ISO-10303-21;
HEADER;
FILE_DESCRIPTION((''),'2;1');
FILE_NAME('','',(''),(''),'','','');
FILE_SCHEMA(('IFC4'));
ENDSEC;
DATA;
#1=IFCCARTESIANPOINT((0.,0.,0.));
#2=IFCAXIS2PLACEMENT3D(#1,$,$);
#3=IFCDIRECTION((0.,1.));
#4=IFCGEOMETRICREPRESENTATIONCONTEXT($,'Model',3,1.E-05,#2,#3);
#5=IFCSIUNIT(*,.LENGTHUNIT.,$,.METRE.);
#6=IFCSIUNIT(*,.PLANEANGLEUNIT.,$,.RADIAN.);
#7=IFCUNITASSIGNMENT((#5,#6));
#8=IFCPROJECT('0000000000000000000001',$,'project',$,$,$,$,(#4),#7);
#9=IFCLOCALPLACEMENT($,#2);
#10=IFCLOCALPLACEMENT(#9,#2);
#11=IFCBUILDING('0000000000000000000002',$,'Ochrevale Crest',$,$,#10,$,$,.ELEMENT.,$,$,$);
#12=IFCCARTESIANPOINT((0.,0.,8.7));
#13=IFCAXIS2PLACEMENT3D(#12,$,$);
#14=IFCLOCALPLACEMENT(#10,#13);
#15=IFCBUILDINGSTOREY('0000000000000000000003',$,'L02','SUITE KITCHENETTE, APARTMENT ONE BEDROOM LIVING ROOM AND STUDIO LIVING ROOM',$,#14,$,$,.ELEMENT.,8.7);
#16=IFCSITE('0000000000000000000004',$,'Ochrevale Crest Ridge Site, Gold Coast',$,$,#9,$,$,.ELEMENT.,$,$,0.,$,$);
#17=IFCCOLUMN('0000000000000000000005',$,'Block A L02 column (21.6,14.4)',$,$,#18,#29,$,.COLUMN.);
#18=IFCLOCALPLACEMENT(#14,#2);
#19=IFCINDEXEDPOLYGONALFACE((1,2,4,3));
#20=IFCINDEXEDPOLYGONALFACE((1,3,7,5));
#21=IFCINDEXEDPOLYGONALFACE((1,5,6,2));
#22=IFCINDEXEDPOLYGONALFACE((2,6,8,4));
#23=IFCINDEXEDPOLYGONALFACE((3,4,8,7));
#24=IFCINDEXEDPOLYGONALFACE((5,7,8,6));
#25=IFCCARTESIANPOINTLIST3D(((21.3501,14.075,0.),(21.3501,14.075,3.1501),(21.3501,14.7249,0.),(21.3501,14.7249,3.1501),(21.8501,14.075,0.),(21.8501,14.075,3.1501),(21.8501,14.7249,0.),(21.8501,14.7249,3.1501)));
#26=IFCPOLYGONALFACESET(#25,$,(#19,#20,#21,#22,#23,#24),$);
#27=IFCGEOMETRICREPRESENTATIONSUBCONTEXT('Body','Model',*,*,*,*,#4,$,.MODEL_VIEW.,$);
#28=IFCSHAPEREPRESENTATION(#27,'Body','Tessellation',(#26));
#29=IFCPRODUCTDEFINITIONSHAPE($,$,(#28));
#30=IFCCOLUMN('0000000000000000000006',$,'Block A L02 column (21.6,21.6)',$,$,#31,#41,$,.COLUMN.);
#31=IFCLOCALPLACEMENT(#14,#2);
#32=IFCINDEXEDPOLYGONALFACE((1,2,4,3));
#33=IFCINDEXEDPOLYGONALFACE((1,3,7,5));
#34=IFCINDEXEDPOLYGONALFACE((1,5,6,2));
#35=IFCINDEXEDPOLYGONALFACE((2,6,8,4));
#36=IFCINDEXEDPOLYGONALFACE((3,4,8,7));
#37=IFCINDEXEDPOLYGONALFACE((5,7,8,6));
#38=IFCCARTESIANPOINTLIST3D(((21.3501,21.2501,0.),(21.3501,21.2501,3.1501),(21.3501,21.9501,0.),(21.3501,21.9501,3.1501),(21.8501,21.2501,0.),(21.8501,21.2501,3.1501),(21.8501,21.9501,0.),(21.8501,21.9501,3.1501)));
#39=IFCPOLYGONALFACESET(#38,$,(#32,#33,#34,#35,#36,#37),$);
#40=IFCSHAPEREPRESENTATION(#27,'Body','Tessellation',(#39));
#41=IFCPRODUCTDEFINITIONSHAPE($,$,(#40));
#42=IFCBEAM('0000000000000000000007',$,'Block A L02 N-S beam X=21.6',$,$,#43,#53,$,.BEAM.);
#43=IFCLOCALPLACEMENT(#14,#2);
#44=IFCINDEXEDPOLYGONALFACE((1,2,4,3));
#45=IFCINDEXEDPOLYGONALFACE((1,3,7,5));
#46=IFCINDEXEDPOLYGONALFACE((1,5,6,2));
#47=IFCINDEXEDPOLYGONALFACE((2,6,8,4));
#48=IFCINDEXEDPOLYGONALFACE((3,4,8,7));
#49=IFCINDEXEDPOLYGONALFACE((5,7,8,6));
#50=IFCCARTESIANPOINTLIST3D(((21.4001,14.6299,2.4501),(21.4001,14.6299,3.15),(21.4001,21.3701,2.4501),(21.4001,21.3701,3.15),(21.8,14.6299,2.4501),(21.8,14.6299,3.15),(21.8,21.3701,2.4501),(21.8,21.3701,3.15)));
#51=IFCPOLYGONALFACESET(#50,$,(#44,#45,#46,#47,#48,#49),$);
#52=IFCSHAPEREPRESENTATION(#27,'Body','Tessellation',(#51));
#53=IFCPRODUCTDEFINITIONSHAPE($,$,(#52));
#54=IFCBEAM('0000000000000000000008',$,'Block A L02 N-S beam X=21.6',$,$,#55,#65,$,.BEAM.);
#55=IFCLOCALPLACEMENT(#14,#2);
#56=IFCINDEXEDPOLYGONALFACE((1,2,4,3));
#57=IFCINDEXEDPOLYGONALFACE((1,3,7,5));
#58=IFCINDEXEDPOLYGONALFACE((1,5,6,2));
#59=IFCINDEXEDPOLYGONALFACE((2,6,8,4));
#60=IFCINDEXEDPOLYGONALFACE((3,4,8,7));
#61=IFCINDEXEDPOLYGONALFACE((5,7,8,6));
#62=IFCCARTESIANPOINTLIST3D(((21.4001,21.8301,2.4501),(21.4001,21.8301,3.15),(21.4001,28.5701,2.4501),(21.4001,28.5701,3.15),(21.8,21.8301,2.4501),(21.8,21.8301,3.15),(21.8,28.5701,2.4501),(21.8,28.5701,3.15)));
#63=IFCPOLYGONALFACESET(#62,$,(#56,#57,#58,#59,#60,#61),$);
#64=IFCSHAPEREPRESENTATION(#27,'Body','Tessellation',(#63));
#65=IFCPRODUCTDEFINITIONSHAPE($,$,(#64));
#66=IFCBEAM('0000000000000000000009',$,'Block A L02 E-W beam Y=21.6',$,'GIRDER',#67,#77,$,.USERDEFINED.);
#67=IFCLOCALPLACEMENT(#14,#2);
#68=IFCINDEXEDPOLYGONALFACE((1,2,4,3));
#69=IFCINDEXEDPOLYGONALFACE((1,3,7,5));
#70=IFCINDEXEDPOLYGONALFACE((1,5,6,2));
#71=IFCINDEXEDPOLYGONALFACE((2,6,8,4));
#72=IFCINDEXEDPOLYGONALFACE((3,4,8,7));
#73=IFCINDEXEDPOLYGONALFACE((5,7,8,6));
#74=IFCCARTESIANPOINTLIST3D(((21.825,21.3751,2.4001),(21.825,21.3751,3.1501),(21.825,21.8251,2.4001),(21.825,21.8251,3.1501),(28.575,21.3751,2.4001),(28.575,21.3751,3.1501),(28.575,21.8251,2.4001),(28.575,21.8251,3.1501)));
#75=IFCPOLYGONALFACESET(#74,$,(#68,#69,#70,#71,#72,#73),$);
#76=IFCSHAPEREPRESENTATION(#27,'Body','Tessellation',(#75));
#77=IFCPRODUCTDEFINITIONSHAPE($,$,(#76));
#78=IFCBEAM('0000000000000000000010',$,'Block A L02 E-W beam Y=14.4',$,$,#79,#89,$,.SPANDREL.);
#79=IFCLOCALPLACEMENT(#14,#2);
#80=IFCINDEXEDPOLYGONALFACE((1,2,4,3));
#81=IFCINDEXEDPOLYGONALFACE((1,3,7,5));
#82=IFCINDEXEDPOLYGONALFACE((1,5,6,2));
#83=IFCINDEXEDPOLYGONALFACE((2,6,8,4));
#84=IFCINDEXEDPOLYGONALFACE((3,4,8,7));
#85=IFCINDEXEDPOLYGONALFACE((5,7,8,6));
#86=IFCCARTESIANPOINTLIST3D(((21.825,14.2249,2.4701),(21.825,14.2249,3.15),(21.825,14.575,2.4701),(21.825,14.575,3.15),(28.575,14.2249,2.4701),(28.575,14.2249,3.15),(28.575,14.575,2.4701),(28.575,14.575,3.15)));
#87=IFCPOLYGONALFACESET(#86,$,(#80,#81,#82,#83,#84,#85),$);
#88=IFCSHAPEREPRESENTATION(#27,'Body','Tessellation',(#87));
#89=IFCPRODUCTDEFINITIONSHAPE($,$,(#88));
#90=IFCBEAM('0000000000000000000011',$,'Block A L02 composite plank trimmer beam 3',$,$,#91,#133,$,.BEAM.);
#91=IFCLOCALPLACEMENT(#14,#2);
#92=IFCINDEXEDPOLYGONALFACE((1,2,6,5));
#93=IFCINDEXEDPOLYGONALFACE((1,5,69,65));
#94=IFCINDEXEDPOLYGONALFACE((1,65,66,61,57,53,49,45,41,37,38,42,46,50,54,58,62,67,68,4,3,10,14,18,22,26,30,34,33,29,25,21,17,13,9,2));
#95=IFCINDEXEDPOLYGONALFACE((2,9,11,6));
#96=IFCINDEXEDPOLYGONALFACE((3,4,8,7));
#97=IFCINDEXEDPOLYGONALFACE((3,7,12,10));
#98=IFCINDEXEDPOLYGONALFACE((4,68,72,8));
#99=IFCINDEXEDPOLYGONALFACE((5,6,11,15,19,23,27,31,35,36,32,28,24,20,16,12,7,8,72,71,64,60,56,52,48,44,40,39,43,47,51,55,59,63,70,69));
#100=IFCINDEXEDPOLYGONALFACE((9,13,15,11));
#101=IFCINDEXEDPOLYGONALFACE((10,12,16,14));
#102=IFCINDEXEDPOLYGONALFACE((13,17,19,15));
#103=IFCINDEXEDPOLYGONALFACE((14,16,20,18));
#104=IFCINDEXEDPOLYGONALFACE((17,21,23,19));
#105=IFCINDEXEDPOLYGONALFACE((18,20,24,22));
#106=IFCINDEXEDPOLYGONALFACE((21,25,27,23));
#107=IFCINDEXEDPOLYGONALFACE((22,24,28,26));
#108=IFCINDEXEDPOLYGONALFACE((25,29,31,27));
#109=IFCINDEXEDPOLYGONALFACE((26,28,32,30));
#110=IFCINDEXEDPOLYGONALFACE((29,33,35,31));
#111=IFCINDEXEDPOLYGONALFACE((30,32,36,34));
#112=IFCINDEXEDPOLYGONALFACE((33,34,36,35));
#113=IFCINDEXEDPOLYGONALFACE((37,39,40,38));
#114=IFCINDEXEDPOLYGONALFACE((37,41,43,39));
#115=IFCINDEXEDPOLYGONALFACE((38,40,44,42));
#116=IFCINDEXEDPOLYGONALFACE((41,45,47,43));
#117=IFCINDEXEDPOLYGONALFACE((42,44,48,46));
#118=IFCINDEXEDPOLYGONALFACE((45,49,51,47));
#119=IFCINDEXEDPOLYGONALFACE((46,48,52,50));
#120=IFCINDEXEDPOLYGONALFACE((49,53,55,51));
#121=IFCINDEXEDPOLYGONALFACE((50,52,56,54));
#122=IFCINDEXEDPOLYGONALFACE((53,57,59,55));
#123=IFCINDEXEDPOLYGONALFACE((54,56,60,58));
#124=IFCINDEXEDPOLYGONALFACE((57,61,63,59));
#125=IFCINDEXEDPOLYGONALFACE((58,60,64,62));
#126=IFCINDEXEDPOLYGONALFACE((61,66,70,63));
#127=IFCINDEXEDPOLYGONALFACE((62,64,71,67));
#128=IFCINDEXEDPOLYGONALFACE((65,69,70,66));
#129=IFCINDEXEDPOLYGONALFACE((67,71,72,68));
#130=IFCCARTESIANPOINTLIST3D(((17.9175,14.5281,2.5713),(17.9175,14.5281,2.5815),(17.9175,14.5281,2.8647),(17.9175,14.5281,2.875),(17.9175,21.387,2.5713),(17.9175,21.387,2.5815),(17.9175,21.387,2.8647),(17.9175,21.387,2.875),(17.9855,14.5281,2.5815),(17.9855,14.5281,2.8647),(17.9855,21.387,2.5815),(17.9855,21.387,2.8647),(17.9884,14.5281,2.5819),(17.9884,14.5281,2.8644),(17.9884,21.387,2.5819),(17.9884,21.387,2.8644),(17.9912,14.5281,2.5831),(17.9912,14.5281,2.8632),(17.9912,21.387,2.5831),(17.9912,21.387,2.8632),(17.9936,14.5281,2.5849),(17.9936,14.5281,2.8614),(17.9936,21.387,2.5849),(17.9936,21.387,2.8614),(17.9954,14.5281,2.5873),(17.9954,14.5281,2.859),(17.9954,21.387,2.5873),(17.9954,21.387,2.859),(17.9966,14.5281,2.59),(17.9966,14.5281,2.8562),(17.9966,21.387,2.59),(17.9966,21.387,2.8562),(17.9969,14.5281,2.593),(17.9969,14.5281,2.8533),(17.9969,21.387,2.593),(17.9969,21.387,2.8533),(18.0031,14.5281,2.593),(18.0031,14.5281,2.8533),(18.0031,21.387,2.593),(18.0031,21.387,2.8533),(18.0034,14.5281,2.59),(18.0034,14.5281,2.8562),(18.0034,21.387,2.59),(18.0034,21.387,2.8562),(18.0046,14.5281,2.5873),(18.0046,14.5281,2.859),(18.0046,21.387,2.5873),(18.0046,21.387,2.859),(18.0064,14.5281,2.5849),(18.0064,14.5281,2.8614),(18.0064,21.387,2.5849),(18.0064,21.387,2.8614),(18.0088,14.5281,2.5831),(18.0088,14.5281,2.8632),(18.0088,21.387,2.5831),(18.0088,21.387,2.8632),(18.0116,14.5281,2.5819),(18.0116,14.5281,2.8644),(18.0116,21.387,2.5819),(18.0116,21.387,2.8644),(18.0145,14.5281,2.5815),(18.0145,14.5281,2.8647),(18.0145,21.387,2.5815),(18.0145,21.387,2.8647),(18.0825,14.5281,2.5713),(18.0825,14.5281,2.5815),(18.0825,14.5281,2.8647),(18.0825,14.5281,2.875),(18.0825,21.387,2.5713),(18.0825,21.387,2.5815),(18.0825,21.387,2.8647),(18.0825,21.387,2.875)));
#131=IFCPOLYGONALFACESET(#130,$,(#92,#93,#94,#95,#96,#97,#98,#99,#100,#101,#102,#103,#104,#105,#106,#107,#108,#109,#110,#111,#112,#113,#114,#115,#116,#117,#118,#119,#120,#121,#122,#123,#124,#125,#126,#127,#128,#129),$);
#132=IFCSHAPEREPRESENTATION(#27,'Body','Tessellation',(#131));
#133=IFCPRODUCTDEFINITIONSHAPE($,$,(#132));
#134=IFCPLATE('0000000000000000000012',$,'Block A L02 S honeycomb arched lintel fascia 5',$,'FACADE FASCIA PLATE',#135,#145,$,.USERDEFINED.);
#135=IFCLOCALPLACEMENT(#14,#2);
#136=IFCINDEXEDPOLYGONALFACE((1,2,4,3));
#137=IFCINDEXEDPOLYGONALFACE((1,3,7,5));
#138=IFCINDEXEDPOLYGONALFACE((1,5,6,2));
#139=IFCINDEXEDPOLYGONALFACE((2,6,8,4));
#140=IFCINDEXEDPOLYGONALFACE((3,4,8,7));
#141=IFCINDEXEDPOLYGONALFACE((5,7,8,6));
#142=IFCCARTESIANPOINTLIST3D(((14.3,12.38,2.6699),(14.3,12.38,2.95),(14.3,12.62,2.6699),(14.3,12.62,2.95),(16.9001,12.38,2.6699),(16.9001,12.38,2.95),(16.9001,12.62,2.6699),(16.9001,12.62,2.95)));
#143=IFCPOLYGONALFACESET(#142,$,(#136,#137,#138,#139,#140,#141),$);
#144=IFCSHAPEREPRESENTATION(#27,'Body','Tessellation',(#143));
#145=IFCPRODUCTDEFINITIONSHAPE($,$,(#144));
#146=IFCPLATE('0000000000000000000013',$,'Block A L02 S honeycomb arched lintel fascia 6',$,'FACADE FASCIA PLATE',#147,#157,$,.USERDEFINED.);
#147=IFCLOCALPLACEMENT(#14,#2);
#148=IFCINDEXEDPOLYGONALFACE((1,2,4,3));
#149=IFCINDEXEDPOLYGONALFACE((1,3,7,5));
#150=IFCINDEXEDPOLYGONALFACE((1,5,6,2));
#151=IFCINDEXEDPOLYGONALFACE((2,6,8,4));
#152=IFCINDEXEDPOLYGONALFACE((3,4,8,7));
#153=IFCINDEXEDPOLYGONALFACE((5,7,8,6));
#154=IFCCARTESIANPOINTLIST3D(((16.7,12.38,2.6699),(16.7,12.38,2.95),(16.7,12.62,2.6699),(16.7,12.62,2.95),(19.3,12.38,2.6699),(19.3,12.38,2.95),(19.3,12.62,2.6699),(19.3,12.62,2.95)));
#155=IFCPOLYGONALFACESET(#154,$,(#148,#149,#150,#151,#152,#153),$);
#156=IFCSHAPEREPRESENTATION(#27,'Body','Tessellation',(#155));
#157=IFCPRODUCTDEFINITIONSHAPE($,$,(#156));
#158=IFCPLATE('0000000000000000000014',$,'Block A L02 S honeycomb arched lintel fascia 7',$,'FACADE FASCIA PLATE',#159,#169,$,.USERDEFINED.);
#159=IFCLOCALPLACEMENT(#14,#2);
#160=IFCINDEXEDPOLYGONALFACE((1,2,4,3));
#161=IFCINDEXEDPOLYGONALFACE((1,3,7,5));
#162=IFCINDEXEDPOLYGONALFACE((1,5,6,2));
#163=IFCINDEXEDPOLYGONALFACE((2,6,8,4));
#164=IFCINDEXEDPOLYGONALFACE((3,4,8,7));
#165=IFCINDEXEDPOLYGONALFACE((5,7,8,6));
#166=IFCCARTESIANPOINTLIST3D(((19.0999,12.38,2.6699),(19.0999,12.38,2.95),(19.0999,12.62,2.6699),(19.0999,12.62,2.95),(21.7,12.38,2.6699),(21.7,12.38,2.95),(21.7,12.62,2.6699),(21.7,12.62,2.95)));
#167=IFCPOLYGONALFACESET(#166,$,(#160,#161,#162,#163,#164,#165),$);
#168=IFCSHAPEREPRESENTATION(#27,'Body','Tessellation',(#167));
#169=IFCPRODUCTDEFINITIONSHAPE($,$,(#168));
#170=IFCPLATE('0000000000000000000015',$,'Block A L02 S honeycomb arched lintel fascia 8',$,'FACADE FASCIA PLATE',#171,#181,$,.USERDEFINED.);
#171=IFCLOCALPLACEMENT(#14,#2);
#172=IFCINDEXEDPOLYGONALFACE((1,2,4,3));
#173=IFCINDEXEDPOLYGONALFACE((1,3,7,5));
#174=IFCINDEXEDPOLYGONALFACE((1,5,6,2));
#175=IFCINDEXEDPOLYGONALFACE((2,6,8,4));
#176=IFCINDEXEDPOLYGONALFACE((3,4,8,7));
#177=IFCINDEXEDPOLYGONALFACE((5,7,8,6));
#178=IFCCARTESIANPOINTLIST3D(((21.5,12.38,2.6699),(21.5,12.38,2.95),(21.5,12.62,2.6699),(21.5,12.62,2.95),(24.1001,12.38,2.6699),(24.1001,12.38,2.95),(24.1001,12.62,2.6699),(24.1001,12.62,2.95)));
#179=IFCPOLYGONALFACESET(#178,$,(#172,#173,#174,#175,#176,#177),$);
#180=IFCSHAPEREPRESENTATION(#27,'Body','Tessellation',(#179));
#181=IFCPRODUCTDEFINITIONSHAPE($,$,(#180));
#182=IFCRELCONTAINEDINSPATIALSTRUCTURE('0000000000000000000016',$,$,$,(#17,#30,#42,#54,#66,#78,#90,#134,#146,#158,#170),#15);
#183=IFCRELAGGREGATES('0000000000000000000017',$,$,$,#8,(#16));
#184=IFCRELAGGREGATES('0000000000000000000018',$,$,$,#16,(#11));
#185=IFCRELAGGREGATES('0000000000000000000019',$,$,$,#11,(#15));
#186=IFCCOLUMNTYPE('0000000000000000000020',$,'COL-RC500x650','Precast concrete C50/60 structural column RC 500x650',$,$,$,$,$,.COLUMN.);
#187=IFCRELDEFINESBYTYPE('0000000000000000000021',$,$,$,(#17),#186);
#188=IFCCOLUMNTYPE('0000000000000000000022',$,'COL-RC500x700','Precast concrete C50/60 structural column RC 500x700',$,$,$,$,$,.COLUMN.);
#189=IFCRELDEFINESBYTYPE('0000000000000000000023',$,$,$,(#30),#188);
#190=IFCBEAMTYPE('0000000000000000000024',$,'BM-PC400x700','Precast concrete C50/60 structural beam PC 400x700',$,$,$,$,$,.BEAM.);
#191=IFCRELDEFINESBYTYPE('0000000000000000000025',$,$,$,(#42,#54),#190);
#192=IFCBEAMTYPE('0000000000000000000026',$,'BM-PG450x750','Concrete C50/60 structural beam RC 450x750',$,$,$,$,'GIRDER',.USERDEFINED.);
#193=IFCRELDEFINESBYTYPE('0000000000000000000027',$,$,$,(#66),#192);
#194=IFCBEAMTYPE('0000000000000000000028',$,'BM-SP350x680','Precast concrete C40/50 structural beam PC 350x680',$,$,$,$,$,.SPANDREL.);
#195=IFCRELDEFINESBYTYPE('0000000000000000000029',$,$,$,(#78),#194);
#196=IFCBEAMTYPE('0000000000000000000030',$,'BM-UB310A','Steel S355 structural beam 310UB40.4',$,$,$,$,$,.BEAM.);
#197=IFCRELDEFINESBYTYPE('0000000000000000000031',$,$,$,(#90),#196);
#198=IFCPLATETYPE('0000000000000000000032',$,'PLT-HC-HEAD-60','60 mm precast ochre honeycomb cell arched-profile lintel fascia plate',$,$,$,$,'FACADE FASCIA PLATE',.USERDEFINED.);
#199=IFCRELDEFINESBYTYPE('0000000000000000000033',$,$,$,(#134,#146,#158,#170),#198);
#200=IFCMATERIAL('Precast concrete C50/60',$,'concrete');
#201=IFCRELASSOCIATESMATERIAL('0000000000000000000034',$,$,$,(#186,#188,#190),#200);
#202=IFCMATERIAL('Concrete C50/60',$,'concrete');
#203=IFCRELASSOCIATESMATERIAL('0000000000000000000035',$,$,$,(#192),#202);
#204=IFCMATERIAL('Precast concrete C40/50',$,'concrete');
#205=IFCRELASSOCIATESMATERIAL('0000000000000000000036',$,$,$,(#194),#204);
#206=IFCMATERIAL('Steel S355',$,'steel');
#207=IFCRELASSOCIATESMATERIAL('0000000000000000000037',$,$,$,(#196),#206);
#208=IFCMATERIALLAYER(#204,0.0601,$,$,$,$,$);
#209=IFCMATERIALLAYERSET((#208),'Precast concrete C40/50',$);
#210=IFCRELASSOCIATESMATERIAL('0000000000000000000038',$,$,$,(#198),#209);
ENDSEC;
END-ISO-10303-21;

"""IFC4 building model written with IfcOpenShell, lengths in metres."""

from ifc_helpers import new_model, si_unit, direction, frame, origin, origin_2d, place, context, subcontext, project, spatial, rectangle, i_section, extrude, material, layer, layer_set, material_profile, profile_set, type_object, element, save


model = new_model("IFC4")

# Units and contexts
model_context = context("Model", 3, precision=1e-05, world=origin(), true_north=direction((0.0, 1.0)))
body_context = subcontext(model_context, "Body", "Model", "MODEL_VIEW")
ifc_project = project(units=[si_unit("LENGTHUNIT", "METRE"), si_unit("PLANEANGLEUNIT", "RADIAN")], contexts=[model_context])

# Site, building, storey
site_placement = place(None, origin())
site = spatial("IfcSite", under=ifc_project, at=site_placement, Name="Ochrevale Crest Ridge Site, Gold Coast", CompositionType="ELEMENT", RefElevation=0.0)
building_placement = place(site_placement, origin())
building = spatial("IfcBuilding", under=site, at=building_placement, Name="Ochrevale Crest", CompositionType="ELEMENT")
storey_placement = place(building_placement, frame((0.0, 0.0, 8.7)))
storey = spatial("IfcBuildingStorey", under=building, at=storey_placement, Name="L02", Description="SUITE KITCHENETTE, APARTMENT ONE BEDROOM LIVING ROOM AND STUDIO LIVING ROOM", CompositionType="ELEMENT", Elevation=8.7)

# Columns
ifc_material_1 = material(Name="Precast concrete C50/60", Category="concrete")
ifc_material_profile_1 = material_profile(ifc_material_1, rectangle(XDim=0.5, YDim=0.6499, at=origin_2d()), Name="RC 500x650")
ifc_profile_set_1 = profile_set([ifc_material_profile_1], Name="Precast concrete C50/60")
column_type_1 = type_object("IfcColumnType", Name="COL-RC500x650", Description="Precast concrete C50/60 structural column RC 500x650", PredefinedType="COLUMN", material=ifc_profile_set_1)
column_1_placement = place(storey_placement, frame((21.6001, 14.3999, 0.0), z_axis=(0.0, 0.0, 1.0), x_axis=(1.0, 0.0, 0.0)))
element("IfcColumn", 1, at=column_1_placement, inside=storey, type_object=column_type_1, Name="Block A L02 column (21.6,14.4)", PredefinedType="COLUMN", context=body_context, shape_type="SweptSolid", body=[
    extrude(rectangle(XDim=0.5, YDim=0.6499, at=origin_2d()), origin(), (0.0, 0.0, 1.0), 3.1501),
])
ifc_material_profile_2 = material_profile(ifc_material_1, rectangle(XDim=0.5, YDim=0.7, at=origin_2d()), Name="RC 500x700")
ifc_profile_set_2 = profile_set([ifc_material_profile_2], Name="Precast concrete C50/60")
column_type_2 = type_object("IfcColumnType", Name="COL-RC500x700", Description="Precast concrete C50/60 structural column RC 500x700", PredefinedType="COLUMN", material=ifc_profile_set_2)
column_2_placement = place(storey_placement, frame((21.6001, 21.6001, 0.0), z_axis=(0.0, 0.0, 1.0), x_axis=(1.0, 0.0, 0.0)))
element("IfcColumn", 2, at=column_2_placement, inside=storey, type_object=column_type_2, Name="Block A L02 column (21.6,21.6)", PredefinedType="COLUMN", context=body_context, shape_type="SweptSolid", body=[
    extrude(rectangle(XDim=0.5, YDim=0.7, at=origin_2d()), origin(), (0.0, 0.0, 1.0), 3.1501),
])

# Beams
ifc_material_profile_3 = material_profile(ifc_material_1, rectangle(XDim=0.3999, YDim=0.7, at=origin_2d()), Name="PC 400x700")
ifc_profile_set_3 = profile_set([ifc_material_profile_3], Name="Precast concrete C50/60")
beam_type_1 = type_object("IfcBeamType", Name="BM-PC400x700", Description="Precast concrete C50/60 structural beam PC 400x700", PredefinedType="BEAM", material=ifc_profile_set_3)
beam_1_placement = place(storey_placement, frame((21.6001, 14.6299, 2.8), z_axis=(0.0, 1.0, 0.0), x_axis=(-1.0, 0.0, 0.0)))
element("IfcBeam", 3, at=beam_1_placement, inside=storey, type_object=beam_type_1, Name="Block A L02 N-S beam X=21.6", PredefinedType="BEAM", context=body_context, shape_type="SweptSolid", body=[
    extrude(rectangle(XDim=0.3999, YDim=0.7, at=origin_2d()), origin(), (0.0, 0.0, 1.0), 6.7402),
])
beam_2_placement = place(storey_placement, frame((21.6001, 21.8301, 2.8), z_axis=(0.0, 1.0, 0.0), x_axis=(-1.0, 0.0, 0.0)))
element("IfcBeam", 4, at=beam_2_placement, inside=storey, type_object=beam_type_1, Name="Block A L02 N-S beam X=21.6", PredefinedType="BEAM", context=body_context, shape_type="SweptSolid", body=[
    extrude(rectangle(XDim=0.3999, YDim=0.7, at=origin_2d()), origin(), (0.0, 0.0, 1.0), 6.74),
])
ifc_material_2 = material(Name="Concrete C50/60", Category="concrete")
ifc_material_profile_4 = material_profile(ifc_material_2, rectangle(XDim=0.45, YDim=0.75, at=origin_2d()), Name="RC 450x750")
ifc_profile_set_4 = profile_set([ifc_material_profile_4], Name="Concrete C50/60")
beam_type_2 = type_object("IfcBeamType", Name="BM-PG450x750", Description="Concrete C50/60 structural beam RC 450x750", ElementType="GIRDER", PredefinedType="USERDEFINED", material=ifc_profile_set_4)
beam_3_placement = place(storey_placement, frame((21.825, 21.6001, 2.7751), z_axis=(1.0, 0.0, 0.0), x_axis=(0.0, 1.0, 0.0)))
element("IfcBeam", 5, at=beam_3_placement, inside=storey, type_object=beam_type_2, Name="Block A L02 E-W beam Y=21.6", ObjectType="GIRDER", PredefinedType="USERDEFINED", context=body_context, shape_type="SweptSolid", body=[
    extrude(rectangle(XDim=0.45, YDim=0.75, at=origin_2d()), origin(), (0.0, 0.0, 1.0), 6.75),
])
ifc_material_3 = material(Name="Precast concrete C40/50", Category="concrete")
ifc_material_profile_5 = material_profile(ifc_material_3, rectangle(XDim=0.3501, YDim=0.6799, at=origin_2d()), Name="PC 350x680")
ifc_profile_set_5 = profile_set([ifc_material_profile_5], Name="Precast concrete C40/50")
beam_type_3 = type_object("IfcBeamType", Name="BM-SP350x680", Description="Precast concrete C40/50 structural beam PC 350x680", PredefinedType="SPANDREL", material=ifc_profile_set_5)
beam_4_placement = place(storey_placement, frame((21.825, 14.3999, 2.8101), z_axis=(1.0, 0.0, 0.0), x_axis=(0.0, 1.0, 0.0)))
element("IfcBeam", 6, at=beam_4_placement, inside=storey, type_object=beam_type_3, Name="Block A L02 E-W beam Y=14.4", PredefinedType="SPANDREL", context=body_context, shape_type="SweptSolid", body=[
    extrude(rectangle(XDim=0.3501, YDim=0.6799, at=origin_2d()), origin(), (0.0, 0.0, 1.0), 6.75),
])
ifc_material_4 = material(Name="Steel S355", Category="steel")
ifc_material_profile_6 = material_profile(ifc_material_4, i_section(OverallWidth=0.165, OverallDepth=0.3037, WebThickness=0.0061, FlangeThickness=0.0103, FilletRadius=0.0115, at=origin_2d()), Name="310UB40.4")
ifc_profile_set_6 = profile_set([ifc_material_profile_6], Name="Steel S355")
beam_type_4 = type_object("IfcBeamType", Name="BM-UB310A", Description="Steel S355 structural beam 310UB40.4", PredefinedType="BEAM", material=ifc_profile_set_6)
beam_5_placement = place(storey_placement, frame((18.0, 14.5281, 2.7231), z_axis=(0.0, 1.0, 0.0), x_axis=(-1.0, 0.0, 0.0)))
element("IfcBeam", 7, at=beam_5_placement, inside=storey, type_object=beam_type_4, Name="Block A L02 composite plank trimmer beam 3", PredefinedType="BEAM", context=body_context, shape_type="SweptSolid", body=[
    extrude(i_section(OverallWidth=0.165, OverallDepth=0.3037, WebThickness=0.0061, FlangeThickness=0.0103, FilletRadius=0.0115, at=origin_2d()), origin(), (0.0, 0.0, 1.0), 6.8589),
])

# Plates
ifc_layer_1 = layer(ifc_material_3, 0.0601)
ifc_layer_set_1 = layer_set([ifc_layer_1], Name="Precast concrete C40/50")
plate_type_1 = type_object("IfcPlateType", Name="PLT-HC-HEAD-60", Description="60 mm precast ochre honeycomb cell arched-profile lintel fascia plate", ElementType="FACADE FASCIA PLATE", PredefinedType="USERDEFINED", material=ifc_layer_set_1)
for number, where, z_axis, x_axis, name in (
    (8, (15.6001, 12.5, 2.6699), (0.0, 0.0, 1.0), (1.0, 0.0, 0.0), "Block A L02 S honeycomb arched lintel fascia 5"),
    (9, (18.0, 12.5, 2.6699), (0.0, 0.0, 1.0), (1.0, 0.0, 0.0), "Block A L02 S honeycomb arched lintel fascia 6"),
    (10, (20.3999, 12.5, 2.6699), (0.0, 0.0, 1.0), (1.0, 0.0, 0.0), "Block A L02 S honeycomb arched lintel fascia 7"),
    (11, (22.8, 12.5, 2.6699), (0.0, 0.0, 1.0), (1.0, 0.0, 0.0), "Block A L02 S honeycomb arched lintel fascia 8"),
):
    element("IfcPlate", number, at=place(storey_placement, frame(where, z_axis=z_axis, x_axis=x_axis)), inside=storey, type_object=plate_type_1, Name=name, ObjectType="FACADE FASCIA PLATE", PredefinedType="USERDEFINED", context=body_context, shape_type="SweptSolid", body=[
        extrude(rectangle(XDim=2.6001, YDim=0.24, at=origin_2d()), origin(), (0.0, 0.0, 1.0), 0.28),
    ])

save(model, "model.ifc")
